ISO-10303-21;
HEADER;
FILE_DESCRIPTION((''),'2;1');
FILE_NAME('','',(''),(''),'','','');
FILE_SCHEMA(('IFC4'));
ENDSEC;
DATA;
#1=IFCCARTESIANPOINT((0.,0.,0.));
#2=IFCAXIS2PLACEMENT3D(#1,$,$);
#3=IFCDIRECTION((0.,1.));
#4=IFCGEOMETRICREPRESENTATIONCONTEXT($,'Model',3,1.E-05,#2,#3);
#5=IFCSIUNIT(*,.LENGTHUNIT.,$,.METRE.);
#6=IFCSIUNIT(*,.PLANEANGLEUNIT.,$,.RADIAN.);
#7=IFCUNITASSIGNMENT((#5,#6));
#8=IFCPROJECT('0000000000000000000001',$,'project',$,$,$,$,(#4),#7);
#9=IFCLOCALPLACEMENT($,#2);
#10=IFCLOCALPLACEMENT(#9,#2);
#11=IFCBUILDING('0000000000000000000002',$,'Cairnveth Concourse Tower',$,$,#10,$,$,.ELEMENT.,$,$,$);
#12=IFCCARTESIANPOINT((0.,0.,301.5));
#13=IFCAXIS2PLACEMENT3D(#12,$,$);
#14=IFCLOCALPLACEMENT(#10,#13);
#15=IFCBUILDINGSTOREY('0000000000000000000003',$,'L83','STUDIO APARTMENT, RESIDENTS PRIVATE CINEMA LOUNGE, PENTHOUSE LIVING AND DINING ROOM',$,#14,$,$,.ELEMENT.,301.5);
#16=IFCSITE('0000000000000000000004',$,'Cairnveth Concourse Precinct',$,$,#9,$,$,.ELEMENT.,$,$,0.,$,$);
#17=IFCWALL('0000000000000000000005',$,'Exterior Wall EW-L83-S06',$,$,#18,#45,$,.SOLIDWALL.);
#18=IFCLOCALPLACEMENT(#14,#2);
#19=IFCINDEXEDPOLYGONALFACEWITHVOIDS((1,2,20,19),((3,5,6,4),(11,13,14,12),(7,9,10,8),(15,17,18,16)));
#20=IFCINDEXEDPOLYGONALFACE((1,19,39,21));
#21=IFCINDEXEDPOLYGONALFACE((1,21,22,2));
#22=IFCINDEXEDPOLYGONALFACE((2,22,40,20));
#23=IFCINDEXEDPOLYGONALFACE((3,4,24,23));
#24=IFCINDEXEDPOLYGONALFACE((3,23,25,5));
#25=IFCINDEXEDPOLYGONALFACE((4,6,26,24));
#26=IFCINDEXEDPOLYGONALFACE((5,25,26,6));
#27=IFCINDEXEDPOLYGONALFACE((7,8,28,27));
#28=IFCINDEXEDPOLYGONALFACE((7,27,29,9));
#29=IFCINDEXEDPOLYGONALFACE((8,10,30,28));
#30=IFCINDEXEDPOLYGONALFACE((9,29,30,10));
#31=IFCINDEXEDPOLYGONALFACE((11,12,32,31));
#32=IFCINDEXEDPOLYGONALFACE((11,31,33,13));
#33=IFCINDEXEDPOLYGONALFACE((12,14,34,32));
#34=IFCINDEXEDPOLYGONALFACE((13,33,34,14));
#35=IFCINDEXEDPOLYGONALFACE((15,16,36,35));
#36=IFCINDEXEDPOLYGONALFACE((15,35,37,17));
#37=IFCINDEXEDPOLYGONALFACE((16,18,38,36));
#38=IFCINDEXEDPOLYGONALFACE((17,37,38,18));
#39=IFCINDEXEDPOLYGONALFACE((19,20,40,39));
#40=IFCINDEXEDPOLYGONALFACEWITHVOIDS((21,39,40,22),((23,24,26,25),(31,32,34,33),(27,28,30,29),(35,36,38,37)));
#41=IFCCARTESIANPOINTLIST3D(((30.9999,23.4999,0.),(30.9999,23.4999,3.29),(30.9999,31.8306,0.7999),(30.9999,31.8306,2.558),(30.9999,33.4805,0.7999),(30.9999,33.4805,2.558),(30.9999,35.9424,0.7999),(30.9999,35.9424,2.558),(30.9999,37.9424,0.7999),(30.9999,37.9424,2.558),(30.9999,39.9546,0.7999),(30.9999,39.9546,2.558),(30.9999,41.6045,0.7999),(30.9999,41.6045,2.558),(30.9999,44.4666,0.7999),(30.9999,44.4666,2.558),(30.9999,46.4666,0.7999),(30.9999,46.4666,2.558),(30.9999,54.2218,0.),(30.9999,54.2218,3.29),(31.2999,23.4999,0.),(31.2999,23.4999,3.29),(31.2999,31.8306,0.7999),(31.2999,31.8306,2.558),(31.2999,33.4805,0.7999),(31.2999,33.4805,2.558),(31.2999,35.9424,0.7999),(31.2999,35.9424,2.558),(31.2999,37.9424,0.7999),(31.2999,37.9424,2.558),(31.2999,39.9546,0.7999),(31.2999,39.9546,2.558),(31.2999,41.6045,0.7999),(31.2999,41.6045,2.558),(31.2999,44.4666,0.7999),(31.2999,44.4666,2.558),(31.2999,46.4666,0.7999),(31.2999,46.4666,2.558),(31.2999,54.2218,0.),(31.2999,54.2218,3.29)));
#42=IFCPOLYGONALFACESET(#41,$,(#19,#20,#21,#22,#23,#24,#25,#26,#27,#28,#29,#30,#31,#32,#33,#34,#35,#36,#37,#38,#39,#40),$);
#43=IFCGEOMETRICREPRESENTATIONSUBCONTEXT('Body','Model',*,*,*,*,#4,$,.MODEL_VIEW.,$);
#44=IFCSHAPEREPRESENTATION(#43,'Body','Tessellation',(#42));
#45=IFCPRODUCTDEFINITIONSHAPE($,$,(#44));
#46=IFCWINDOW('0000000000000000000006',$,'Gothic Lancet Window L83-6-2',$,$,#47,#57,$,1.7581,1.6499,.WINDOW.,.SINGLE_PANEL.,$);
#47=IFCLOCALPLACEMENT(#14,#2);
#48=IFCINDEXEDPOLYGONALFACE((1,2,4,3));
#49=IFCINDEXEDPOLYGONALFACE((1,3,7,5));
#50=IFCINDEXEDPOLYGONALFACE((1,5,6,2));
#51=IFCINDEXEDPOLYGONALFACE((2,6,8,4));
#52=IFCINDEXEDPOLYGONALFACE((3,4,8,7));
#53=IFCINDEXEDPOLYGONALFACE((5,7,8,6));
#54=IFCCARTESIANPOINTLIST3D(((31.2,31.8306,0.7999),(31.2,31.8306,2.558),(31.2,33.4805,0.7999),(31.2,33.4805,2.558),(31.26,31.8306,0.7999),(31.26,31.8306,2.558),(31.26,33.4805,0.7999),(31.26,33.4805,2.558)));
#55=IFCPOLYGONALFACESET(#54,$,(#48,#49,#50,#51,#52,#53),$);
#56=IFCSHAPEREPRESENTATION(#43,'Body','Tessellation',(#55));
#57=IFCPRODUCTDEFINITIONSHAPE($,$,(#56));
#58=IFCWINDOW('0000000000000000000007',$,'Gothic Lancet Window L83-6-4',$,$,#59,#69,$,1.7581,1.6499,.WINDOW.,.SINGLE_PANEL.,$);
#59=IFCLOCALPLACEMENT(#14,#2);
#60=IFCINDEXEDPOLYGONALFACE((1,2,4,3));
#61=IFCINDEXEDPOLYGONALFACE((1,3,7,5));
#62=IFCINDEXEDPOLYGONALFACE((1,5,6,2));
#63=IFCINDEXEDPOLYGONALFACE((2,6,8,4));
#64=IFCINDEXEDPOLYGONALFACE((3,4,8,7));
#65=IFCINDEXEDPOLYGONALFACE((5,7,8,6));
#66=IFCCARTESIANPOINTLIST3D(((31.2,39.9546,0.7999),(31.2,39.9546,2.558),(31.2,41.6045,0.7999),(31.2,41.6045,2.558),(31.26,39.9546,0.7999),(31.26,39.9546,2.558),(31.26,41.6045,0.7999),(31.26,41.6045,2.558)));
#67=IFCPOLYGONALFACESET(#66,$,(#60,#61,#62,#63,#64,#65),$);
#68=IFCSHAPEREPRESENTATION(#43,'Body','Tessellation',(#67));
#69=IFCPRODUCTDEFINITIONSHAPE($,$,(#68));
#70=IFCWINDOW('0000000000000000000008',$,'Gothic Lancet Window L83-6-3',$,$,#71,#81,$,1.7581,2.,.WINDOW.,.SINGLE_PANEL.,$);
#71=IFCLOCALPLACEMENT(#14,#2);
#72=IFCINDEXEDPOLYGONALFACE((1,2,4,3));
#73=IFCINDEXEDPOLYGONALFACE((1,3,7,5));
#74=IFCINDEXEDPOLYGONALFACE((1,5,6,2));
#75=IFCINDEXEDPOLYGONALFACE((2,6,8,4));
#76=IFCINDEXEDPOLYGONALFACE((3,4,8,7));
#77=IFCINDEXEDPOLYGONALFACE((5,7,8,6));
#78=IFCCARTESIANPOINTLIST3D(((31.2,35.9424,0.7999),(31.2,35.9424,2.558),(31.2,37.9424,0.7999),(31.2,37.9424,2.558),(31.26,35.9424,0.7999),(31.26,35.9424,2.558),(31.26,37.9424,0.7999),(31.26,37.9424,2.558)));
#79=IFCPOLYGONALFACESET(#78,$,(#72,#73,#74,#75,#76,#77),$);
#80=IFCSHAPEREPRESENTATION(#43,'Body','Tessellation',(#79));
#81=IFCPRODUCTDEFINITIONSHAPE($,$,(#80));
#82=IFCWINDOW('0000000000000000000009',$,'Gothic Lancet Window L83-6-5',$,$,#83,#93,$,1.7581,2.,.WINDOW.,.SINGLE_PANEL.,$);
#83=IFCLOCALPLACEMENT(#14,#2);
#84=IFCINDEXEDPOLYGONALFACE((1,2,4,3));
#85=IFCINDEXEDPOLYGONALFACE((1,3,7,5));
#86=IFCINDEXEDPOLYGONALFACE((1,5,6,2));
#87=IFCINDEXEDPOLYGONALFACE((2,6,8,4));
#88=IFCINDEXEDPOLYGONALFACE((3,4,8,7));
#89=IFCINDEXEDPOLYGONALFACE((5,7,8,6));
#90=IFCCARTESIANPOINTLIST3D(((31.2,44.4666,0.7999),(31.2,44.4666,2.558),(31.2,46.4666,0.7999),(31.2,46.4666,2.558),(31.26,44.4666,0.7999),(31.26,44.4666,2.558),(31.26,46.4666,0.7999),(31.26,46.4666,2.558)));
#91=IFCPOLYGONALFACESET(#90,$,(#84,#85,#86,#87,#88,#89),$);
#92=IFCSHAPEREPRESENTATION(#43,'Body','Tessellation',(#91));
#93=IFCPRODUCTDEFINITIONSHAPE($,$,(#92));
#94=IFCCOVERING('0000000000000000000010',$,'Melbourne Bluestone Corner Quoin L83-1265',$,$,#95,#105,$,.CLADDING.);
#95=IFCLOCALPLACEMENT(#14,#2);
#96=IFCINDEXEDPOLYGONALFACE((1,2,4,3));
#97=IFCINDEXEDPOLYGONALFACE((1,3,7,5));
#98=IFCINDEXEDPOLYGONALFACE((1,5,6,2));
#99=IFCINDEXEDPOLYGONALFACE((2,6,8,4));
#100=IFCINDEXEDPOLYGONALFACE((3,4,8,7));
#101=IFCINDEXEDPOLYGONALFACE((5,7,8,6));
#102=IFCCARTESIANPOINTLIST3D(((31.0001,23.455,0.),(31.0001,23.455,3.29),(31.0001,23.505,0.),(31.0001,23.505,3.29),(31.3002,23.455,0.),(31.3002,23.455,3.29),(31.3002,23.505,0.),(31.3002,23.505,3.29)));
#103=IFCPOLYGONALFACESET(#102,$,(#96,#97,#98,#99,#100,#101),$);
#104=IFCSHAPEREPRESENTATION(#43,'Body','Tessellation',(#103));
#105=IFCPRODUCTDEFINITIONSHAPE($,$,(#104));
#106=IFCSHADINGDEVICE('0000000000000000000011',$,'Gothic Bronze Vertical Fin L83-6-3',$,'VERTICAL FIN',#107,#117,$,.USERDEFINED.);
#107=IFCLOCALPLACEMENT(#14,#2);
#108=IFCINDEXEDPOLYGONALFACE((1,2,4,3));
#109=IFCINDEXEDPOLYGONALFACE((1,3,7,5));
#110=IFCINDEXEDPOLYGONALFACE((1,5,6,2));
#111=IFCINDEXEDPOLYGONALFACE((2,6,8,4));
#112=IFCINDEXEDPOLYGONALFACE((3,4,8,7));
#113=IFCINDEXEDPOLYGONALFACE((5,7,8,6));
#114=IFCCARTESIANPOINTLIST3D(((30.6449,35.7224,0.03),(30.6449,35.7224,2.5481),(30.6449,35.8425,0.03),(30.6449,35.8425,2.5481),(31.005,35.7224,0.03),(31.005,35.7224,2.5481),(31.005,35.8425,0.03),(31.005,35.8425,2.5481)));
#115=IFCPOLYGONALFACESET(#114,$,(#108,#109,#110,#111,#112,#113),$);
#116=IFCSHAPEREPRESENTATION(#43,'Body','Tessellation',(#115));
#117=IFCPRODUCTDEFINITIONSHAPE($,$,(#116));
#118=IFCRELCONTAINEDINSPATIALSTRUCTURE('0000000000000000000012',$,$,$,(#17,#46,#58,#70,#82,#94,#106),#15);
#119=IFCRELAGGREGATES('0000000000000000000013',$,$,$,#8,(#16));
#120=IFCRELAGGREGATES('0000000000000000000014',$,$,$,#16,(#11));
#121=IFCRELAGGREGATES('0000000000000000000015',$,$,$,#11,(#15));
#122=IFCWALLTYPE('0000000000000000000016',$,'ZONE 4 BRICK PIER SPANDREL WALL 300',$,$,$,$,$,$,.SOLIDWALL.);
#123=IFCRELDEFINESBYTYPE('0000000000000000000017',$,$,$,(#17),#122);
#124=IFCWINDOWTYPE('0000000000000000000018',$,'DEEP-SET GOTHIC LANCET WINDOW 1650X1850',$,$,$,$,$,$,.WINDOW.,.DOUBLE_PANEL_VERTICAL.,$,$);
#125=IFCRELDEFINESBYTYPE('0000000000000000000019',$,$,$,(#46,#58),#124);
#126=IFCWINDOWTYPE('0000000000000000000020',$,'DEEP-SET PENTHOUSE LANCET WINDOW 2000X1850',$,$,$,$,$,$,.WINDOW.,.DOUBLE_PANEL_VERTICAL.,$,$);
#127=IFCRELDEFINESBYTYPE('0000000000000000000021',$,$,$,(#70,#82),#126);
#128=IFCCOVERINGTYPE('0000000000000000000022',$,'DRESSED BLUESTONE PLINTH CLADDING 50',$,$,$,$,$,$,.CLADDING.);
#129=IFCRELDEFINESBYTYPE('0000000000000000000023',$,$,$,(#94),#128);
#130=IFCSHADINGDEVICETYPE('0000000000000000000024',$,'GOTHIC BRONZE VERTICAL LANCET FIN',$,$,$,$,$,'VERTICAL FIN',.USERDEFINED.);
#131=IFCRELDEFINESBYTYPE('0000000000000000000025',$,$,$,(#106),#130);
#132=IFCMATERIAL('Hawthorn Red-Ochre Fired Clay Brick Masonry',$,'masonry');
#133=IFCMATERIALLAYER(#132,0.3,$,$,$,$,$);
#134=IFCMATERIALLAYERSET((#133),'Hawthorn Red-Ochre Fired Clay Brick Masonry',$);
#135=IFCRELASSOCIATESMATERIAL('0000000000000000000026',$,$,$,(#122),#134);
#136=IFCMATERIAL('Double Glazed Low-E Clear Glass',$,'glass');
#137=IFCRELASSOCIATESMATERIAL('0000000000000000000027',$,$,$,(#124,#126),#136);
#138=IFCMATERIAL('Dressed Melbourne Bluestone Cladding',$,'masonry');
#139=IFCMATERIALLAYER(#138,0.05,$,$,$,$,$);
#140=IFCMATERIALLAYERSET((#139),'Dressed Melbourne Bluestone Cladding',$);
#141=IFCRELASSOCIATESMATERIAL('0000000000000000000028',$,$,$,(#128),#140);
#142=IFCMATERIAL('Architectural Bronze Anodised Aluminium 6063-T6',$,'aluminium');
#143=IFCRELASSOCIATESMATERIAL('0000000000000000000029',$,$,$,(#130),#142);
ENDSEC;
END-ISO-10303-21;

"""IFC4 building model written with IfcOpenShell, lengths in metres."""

from ifc_helpers import new_model, si_unit, direction, frame, frame_2d, origin, origin_2d, place, context, subcontext, project, spatial, rectangle, extrude, material, layer, layer_set, type_object, element, fill, save


model = new_model("IFC4")

# Units and contexts
model_context = context("Model", 3, precision=1e-05, world=origin(), true_north=direction((0.0, 1.0)))
body_context = subcontext(model_context, "Body", "Model", "MODEL_VIEW")
ifc_project = project(units=[si_unit("LENGTHUNIT", "METRE"), si_unit("PLANEANGLEUNIT", "RADIAN")], contexts=[model_context])

# Site, building, storey
site_placement = place(None, origin())
site = spatial("IfcSite", under=ifc_project, at=site_placement, Name="Cairnveth Concourse Precinct", CompositionType="ELEMENT", RefElevation=0.0)
building_placement = place(site_placement, origin())
building = spatial("IfcBuilding", under=site, at=building_placement, Name="Cairnveth Concourse Tower", CompositionType="ELEMENT")
storey_placement = place(building_placement, frame((0.0, 0.0, 301.5)))
storey = spatial("IfcBuildingStorey", under=building, at=storey_placement, Name="L83", Description="STUDIO APARTMENT, RESIDENTS PRIVATE CINEMA LOUNGE, PENTHOUSE LIVING AND DINING ROOM", CompositionType="ELEMENT", Elevation=301.5)

# Wall, openings, windows
ifc_material_1 = material(Name="Hawthorn Red-Ochre Fired Clay Brick Masonry", Category="masonry")
ifc_layer_1 = layer(ifc_material_1, 0.3)
ifc_layer_set_1 = layer_set([ifc_layer_1], Name="Hawthorn Red-Ochre Fired Clay Brick Masonry")
wall_type_1 = type_object("IfcWallType", Name="ZONE 4 BRICK PIER SPANDREL WALL 300", PredefinedType="SOLIDWALL", material=ifc_layer_set_1)
wall_1_placement = place(storey_placement, frame((31.1499, 23.5, 0.0), z_axis=(0.0, 0.0, 1.0), x_axis=(0.0, 1.0, 0.0)))
wall_1 = element("IfcWall", 1, at=wall_1_placement, inside=storey, type_object=wall_type_1, Name="Exterior Wall EW-L83-S06", PredefinedType="SOLIDWALL", context=body_context, shape_type="SweptSolid", body=[
    extrude(rectangle(XDim=30.7219, YDim=0.3, at=frame_2d((15.3608, 0.0))), origin(), (0.0, 0.0, 1.0), 3.29),
])
opening_1_placement = place(wall_1_placement, frame((8.3306, 0.0, 0.8)))
opening_1 = element("IfcOpeningElement", 2, at=opening_1_placement, cuts=wall_1, PredefinedType="OPENING", context=body_context, shape_type="SweptSolid", body=[
    extrude(rectangle(XDim=1.6499, YDim=1.7581, at=frame_2d((0.825, 0.8789))), frame((0.0, 0.1599, 0.0), z_axis=(0.0, -1.0, 0.0), x_axis=(1.0, 0.0, 0.0)), (0.0, 0.0, 1.0), 0.3201),
])
opening_2_placement = place(wall_1_placement, frame((12.4424, 0.0, 0.8)))
opening_2 = element("IfcOpeningElement", 3, at=opening_2_placement, cuts=wall_1, PredefinedType="OPENING", context=body_context, shape_type="SweptSolid", body=[
    extrude(rectangle(XDim=2.0, YDim=1.7581, at=frame_2d((1.0, 0.8789))), frame((0.0, 0.1599, 0.0), z_axis=(0.0, -1.0, 0.0), x_axis=(1.0, 0.0, 0.0)), (0.0, 0.0, 1.0), 0.3201),
])
opening_3_placement = place(wall_1_placement, frame((16.4546, 0.0, 0.8)))
opening_3 = element("IfcOpeningElement", 4, at=opening_3_placement, cuts=wall_1, PredefinedType="OPENING", context=body_context, shape_type="SweptSolid", body=[
    extrude(rectangle(XDim=1.6499, YDim=1.7581, at=frame_2d((0.825, 0.8789))), frame((0.0, 0.1599, 0.0), z_axis=(0.0, -1.0, 0.0), x_axis=(1.0, 0.0, 0.0)), (0.0, 0.0, 1.0), 0.3201),
])
opening_4_placement = place(wall_1_placement, frame((20.9666, 0.0, 0.8)))
opening_4 = element("IfcOpeningElement", 5, at=opening_4_placement, cuts=wall_1, PredefinedType="OPENING", context=body_context, shape_type="SweptSolid", body=[
    extrude(rectangle(XDim=2.0, YDim=1.7581, at=frame_2d((1.0, 0.8789))), frame((0.0, 0.1599, 0.0), z_axis=(0.0, -1.0, 0.0), x_axis=(1.0, 0.0, 0.0)), (0.0, 0.0, 1.0), 0.3201),
])
ifc_material_2 = material(Name="Double Glazed Low-E Clear Glass", Category="glass")
window_type_1 = type_object("IfcWindowType", Name="DEEP-SET GOTHIC LANCET WINDOW 1650X1850", PartitioningType="DOUBLE_PANEL_VERTICAL", PredefinedType="WINDOW", material=ifc_material_2)
window_1_placement = place(opening_1_placement, origin())
window_1 = element("IfcWindow", 6, at=window_1_placement, inside=storey, type_object=window_type_1, Name="Gothic Lancet Window L83-6-2", OverallHeight=1.7581, OverallWidth=1.6499, PartitioningType="SINGLE_PANEL", PredefinedType="WINDOW", context=body_context, shape_type="SweptSolid", body=[
    extrude(rectangle(XDim=1.6499, YDim=1.7581, at=frame_2d((0.825, 0.8789))), frame((0.0, -0.05, 0.0), z_axis=(0.0, -1.0, 0.0), x_axis=(1.0, 0.0, 0.0)), (0.0, 0.0, 1.0), 0.0601),
])
fill(opening_1, window_1)
window_2_placement = place(opening_3_placement, origin())
window_2 = element("IfcWindow", 7, at=window_2_placement, inside=storey, type_object=window_type_1, Name="Gothic Lancet Window L83-6-4", OverallHeight=1.7581, OverallWidth=1.6499, PartitioningType="SINGLE_PANEL", PredefinedType="WINDOW", context=body_context, shape_type="SweptSolid", body=[
    extrude(rectangle(XDim=1.6499, YDim=1.7581, at=frame_2d((0.825, 0.8789))), frame((0.0, -0.05, 0.0), z_axis=(0.0, -1.0, 0.0), x_axis=(1.0, 0.0, 0.0)), (0.0, 0.0, 1.0), 0.0601),
])
fill(opening_3, window_2)
window_type_2 = type_object("IfcWindowType", Name="DEEP-SET PENTHOUSE LANCET WINDOW 2000X1850", PartitioningType="DOUBLE_PANEL_VERTICAL", PredefinedType="WINDOW", material=ifc_material_2)
window_3_placement = place(opening_2_placement, origin())
window_3 = element("IfcWindow", 8, at=window_3_placement, inside=storey, type_object=window_type_2, Name="Gothic Lancet Window L83-6-3", OverallHeight=1.7581, OverallWidth=2.0, PartitioningType="SINGLE_PANEL", PredefinedType="WINDOW", context=body_context, shape_type="SweptSolid", body=[
    extrude(rectangle(XDim=2.0, YDim=1.7581, at=frame_2d((1.0, 0.8789))), frame((0.0, -0.05, 0.0), z_axis=(0.0, -1.0, 0.0), x_axis=(1.0, 0.0, 0.0)), (0.0, 0.0, 1.0), 0.0601),
])
fill(opening_2, window_3)
window_4_placement = place(opening_4_placement, origin())
window_4 = element("IfcWindow", 9, at=window_4_placement, inside=storey, type_object=window_type_2, Name="Gothic Lancet Window L83-6-5", OverallHeight=1.7581, OverallWidth=2.0, PartitioningType="SINGLE_PANEL", PredefinedType="WINDOW", context=body_context, shape_type="SweptSolid", body=[
    extrude(rectangle(XDim=2.0, YDim=1.7581, at=frame_2d((1.0, 0.8789))), frame((0.0, -0.05, 0.0), z_axis=(0.0, -1.0, 0.0), x_axis=(1.0, 0.0, 0.0)), (0.0, 0.0, 1.0), 0.0601),
])
fill(opening_4, window_4)

# Covering
ifc_material_3 = material(Name="Dressed Melbourne Bluestone Cladding", Category="masonry")
ifc_layer_2 = layer(ifc_material_3, 0.05)
ifc_layer_set_2 = layer_set([ifc_layer_2], Name="Dressed Melbourne Bluestone Cladding")
covering_type = type_object("IfcCoveringType", Name="DRESSED BLUESTONE PLINTH CLADDING 50", PredefinedType="CLADDING", material=ifc_layer_set_2)
covering_placement = place(storey_placement, frame((31.3, 23.48, 0.0), z_axis=(0.0, 0.0, 1.0), x_axis=(-1.0, 0.0, 0.0)))
element("IfcCovering", 10, at=covering_placement, inside=storey, type_object=covering_type, Name="Melbourne Bluestone Corner Quoin L83-1265", PredefinedType="CLADDING", context=body_context, shape_type="SweptSolid", body=[
    extrude(rectangle(XDim=0.3, YDim=0.05, at=frame_2d((0.1499, 0.0))), origin(), (0.0, 0.0, 1.0), 3.29),
])

# Shading device
ifc_material_4 = material(Name="Architectural Bronze Anodised Aluminium 6063-T6", Category="aluminium")
shading_device_type = type_object("IfcShadingDeviceType", Name="GOTHIC BRONZE VERTICAL LANCET FIN", ElementType="VERTICAL FIN", PredefinedType="USERDEFINED", material=ifc_material_4)
shading_device_placement = place(storey_placement, frame((30.825, 35.7825, 0.03), z_axis=(0.0, 0.0, 1.0), x_axis=(0.0, 1.0, 0.0)))
element("IfcShadingDevice", 11, at=shading_device_placement, inside=storey, type_object=shading_device_type, Name="Gothic Bronze Vertical Fin L83-6-3", ObjectType="VERTICAL FIN", PredefinedType="USERDEFINED", context=body_context, shape_type="SweptSolid", body=[
    extrude(rectangle(XDim=0.1201, YDim=0.3601, at=origin_2d()), origin(), (0.0, 0.0, 1.0), 2.5181),
])

save(model, "model.ifc")
